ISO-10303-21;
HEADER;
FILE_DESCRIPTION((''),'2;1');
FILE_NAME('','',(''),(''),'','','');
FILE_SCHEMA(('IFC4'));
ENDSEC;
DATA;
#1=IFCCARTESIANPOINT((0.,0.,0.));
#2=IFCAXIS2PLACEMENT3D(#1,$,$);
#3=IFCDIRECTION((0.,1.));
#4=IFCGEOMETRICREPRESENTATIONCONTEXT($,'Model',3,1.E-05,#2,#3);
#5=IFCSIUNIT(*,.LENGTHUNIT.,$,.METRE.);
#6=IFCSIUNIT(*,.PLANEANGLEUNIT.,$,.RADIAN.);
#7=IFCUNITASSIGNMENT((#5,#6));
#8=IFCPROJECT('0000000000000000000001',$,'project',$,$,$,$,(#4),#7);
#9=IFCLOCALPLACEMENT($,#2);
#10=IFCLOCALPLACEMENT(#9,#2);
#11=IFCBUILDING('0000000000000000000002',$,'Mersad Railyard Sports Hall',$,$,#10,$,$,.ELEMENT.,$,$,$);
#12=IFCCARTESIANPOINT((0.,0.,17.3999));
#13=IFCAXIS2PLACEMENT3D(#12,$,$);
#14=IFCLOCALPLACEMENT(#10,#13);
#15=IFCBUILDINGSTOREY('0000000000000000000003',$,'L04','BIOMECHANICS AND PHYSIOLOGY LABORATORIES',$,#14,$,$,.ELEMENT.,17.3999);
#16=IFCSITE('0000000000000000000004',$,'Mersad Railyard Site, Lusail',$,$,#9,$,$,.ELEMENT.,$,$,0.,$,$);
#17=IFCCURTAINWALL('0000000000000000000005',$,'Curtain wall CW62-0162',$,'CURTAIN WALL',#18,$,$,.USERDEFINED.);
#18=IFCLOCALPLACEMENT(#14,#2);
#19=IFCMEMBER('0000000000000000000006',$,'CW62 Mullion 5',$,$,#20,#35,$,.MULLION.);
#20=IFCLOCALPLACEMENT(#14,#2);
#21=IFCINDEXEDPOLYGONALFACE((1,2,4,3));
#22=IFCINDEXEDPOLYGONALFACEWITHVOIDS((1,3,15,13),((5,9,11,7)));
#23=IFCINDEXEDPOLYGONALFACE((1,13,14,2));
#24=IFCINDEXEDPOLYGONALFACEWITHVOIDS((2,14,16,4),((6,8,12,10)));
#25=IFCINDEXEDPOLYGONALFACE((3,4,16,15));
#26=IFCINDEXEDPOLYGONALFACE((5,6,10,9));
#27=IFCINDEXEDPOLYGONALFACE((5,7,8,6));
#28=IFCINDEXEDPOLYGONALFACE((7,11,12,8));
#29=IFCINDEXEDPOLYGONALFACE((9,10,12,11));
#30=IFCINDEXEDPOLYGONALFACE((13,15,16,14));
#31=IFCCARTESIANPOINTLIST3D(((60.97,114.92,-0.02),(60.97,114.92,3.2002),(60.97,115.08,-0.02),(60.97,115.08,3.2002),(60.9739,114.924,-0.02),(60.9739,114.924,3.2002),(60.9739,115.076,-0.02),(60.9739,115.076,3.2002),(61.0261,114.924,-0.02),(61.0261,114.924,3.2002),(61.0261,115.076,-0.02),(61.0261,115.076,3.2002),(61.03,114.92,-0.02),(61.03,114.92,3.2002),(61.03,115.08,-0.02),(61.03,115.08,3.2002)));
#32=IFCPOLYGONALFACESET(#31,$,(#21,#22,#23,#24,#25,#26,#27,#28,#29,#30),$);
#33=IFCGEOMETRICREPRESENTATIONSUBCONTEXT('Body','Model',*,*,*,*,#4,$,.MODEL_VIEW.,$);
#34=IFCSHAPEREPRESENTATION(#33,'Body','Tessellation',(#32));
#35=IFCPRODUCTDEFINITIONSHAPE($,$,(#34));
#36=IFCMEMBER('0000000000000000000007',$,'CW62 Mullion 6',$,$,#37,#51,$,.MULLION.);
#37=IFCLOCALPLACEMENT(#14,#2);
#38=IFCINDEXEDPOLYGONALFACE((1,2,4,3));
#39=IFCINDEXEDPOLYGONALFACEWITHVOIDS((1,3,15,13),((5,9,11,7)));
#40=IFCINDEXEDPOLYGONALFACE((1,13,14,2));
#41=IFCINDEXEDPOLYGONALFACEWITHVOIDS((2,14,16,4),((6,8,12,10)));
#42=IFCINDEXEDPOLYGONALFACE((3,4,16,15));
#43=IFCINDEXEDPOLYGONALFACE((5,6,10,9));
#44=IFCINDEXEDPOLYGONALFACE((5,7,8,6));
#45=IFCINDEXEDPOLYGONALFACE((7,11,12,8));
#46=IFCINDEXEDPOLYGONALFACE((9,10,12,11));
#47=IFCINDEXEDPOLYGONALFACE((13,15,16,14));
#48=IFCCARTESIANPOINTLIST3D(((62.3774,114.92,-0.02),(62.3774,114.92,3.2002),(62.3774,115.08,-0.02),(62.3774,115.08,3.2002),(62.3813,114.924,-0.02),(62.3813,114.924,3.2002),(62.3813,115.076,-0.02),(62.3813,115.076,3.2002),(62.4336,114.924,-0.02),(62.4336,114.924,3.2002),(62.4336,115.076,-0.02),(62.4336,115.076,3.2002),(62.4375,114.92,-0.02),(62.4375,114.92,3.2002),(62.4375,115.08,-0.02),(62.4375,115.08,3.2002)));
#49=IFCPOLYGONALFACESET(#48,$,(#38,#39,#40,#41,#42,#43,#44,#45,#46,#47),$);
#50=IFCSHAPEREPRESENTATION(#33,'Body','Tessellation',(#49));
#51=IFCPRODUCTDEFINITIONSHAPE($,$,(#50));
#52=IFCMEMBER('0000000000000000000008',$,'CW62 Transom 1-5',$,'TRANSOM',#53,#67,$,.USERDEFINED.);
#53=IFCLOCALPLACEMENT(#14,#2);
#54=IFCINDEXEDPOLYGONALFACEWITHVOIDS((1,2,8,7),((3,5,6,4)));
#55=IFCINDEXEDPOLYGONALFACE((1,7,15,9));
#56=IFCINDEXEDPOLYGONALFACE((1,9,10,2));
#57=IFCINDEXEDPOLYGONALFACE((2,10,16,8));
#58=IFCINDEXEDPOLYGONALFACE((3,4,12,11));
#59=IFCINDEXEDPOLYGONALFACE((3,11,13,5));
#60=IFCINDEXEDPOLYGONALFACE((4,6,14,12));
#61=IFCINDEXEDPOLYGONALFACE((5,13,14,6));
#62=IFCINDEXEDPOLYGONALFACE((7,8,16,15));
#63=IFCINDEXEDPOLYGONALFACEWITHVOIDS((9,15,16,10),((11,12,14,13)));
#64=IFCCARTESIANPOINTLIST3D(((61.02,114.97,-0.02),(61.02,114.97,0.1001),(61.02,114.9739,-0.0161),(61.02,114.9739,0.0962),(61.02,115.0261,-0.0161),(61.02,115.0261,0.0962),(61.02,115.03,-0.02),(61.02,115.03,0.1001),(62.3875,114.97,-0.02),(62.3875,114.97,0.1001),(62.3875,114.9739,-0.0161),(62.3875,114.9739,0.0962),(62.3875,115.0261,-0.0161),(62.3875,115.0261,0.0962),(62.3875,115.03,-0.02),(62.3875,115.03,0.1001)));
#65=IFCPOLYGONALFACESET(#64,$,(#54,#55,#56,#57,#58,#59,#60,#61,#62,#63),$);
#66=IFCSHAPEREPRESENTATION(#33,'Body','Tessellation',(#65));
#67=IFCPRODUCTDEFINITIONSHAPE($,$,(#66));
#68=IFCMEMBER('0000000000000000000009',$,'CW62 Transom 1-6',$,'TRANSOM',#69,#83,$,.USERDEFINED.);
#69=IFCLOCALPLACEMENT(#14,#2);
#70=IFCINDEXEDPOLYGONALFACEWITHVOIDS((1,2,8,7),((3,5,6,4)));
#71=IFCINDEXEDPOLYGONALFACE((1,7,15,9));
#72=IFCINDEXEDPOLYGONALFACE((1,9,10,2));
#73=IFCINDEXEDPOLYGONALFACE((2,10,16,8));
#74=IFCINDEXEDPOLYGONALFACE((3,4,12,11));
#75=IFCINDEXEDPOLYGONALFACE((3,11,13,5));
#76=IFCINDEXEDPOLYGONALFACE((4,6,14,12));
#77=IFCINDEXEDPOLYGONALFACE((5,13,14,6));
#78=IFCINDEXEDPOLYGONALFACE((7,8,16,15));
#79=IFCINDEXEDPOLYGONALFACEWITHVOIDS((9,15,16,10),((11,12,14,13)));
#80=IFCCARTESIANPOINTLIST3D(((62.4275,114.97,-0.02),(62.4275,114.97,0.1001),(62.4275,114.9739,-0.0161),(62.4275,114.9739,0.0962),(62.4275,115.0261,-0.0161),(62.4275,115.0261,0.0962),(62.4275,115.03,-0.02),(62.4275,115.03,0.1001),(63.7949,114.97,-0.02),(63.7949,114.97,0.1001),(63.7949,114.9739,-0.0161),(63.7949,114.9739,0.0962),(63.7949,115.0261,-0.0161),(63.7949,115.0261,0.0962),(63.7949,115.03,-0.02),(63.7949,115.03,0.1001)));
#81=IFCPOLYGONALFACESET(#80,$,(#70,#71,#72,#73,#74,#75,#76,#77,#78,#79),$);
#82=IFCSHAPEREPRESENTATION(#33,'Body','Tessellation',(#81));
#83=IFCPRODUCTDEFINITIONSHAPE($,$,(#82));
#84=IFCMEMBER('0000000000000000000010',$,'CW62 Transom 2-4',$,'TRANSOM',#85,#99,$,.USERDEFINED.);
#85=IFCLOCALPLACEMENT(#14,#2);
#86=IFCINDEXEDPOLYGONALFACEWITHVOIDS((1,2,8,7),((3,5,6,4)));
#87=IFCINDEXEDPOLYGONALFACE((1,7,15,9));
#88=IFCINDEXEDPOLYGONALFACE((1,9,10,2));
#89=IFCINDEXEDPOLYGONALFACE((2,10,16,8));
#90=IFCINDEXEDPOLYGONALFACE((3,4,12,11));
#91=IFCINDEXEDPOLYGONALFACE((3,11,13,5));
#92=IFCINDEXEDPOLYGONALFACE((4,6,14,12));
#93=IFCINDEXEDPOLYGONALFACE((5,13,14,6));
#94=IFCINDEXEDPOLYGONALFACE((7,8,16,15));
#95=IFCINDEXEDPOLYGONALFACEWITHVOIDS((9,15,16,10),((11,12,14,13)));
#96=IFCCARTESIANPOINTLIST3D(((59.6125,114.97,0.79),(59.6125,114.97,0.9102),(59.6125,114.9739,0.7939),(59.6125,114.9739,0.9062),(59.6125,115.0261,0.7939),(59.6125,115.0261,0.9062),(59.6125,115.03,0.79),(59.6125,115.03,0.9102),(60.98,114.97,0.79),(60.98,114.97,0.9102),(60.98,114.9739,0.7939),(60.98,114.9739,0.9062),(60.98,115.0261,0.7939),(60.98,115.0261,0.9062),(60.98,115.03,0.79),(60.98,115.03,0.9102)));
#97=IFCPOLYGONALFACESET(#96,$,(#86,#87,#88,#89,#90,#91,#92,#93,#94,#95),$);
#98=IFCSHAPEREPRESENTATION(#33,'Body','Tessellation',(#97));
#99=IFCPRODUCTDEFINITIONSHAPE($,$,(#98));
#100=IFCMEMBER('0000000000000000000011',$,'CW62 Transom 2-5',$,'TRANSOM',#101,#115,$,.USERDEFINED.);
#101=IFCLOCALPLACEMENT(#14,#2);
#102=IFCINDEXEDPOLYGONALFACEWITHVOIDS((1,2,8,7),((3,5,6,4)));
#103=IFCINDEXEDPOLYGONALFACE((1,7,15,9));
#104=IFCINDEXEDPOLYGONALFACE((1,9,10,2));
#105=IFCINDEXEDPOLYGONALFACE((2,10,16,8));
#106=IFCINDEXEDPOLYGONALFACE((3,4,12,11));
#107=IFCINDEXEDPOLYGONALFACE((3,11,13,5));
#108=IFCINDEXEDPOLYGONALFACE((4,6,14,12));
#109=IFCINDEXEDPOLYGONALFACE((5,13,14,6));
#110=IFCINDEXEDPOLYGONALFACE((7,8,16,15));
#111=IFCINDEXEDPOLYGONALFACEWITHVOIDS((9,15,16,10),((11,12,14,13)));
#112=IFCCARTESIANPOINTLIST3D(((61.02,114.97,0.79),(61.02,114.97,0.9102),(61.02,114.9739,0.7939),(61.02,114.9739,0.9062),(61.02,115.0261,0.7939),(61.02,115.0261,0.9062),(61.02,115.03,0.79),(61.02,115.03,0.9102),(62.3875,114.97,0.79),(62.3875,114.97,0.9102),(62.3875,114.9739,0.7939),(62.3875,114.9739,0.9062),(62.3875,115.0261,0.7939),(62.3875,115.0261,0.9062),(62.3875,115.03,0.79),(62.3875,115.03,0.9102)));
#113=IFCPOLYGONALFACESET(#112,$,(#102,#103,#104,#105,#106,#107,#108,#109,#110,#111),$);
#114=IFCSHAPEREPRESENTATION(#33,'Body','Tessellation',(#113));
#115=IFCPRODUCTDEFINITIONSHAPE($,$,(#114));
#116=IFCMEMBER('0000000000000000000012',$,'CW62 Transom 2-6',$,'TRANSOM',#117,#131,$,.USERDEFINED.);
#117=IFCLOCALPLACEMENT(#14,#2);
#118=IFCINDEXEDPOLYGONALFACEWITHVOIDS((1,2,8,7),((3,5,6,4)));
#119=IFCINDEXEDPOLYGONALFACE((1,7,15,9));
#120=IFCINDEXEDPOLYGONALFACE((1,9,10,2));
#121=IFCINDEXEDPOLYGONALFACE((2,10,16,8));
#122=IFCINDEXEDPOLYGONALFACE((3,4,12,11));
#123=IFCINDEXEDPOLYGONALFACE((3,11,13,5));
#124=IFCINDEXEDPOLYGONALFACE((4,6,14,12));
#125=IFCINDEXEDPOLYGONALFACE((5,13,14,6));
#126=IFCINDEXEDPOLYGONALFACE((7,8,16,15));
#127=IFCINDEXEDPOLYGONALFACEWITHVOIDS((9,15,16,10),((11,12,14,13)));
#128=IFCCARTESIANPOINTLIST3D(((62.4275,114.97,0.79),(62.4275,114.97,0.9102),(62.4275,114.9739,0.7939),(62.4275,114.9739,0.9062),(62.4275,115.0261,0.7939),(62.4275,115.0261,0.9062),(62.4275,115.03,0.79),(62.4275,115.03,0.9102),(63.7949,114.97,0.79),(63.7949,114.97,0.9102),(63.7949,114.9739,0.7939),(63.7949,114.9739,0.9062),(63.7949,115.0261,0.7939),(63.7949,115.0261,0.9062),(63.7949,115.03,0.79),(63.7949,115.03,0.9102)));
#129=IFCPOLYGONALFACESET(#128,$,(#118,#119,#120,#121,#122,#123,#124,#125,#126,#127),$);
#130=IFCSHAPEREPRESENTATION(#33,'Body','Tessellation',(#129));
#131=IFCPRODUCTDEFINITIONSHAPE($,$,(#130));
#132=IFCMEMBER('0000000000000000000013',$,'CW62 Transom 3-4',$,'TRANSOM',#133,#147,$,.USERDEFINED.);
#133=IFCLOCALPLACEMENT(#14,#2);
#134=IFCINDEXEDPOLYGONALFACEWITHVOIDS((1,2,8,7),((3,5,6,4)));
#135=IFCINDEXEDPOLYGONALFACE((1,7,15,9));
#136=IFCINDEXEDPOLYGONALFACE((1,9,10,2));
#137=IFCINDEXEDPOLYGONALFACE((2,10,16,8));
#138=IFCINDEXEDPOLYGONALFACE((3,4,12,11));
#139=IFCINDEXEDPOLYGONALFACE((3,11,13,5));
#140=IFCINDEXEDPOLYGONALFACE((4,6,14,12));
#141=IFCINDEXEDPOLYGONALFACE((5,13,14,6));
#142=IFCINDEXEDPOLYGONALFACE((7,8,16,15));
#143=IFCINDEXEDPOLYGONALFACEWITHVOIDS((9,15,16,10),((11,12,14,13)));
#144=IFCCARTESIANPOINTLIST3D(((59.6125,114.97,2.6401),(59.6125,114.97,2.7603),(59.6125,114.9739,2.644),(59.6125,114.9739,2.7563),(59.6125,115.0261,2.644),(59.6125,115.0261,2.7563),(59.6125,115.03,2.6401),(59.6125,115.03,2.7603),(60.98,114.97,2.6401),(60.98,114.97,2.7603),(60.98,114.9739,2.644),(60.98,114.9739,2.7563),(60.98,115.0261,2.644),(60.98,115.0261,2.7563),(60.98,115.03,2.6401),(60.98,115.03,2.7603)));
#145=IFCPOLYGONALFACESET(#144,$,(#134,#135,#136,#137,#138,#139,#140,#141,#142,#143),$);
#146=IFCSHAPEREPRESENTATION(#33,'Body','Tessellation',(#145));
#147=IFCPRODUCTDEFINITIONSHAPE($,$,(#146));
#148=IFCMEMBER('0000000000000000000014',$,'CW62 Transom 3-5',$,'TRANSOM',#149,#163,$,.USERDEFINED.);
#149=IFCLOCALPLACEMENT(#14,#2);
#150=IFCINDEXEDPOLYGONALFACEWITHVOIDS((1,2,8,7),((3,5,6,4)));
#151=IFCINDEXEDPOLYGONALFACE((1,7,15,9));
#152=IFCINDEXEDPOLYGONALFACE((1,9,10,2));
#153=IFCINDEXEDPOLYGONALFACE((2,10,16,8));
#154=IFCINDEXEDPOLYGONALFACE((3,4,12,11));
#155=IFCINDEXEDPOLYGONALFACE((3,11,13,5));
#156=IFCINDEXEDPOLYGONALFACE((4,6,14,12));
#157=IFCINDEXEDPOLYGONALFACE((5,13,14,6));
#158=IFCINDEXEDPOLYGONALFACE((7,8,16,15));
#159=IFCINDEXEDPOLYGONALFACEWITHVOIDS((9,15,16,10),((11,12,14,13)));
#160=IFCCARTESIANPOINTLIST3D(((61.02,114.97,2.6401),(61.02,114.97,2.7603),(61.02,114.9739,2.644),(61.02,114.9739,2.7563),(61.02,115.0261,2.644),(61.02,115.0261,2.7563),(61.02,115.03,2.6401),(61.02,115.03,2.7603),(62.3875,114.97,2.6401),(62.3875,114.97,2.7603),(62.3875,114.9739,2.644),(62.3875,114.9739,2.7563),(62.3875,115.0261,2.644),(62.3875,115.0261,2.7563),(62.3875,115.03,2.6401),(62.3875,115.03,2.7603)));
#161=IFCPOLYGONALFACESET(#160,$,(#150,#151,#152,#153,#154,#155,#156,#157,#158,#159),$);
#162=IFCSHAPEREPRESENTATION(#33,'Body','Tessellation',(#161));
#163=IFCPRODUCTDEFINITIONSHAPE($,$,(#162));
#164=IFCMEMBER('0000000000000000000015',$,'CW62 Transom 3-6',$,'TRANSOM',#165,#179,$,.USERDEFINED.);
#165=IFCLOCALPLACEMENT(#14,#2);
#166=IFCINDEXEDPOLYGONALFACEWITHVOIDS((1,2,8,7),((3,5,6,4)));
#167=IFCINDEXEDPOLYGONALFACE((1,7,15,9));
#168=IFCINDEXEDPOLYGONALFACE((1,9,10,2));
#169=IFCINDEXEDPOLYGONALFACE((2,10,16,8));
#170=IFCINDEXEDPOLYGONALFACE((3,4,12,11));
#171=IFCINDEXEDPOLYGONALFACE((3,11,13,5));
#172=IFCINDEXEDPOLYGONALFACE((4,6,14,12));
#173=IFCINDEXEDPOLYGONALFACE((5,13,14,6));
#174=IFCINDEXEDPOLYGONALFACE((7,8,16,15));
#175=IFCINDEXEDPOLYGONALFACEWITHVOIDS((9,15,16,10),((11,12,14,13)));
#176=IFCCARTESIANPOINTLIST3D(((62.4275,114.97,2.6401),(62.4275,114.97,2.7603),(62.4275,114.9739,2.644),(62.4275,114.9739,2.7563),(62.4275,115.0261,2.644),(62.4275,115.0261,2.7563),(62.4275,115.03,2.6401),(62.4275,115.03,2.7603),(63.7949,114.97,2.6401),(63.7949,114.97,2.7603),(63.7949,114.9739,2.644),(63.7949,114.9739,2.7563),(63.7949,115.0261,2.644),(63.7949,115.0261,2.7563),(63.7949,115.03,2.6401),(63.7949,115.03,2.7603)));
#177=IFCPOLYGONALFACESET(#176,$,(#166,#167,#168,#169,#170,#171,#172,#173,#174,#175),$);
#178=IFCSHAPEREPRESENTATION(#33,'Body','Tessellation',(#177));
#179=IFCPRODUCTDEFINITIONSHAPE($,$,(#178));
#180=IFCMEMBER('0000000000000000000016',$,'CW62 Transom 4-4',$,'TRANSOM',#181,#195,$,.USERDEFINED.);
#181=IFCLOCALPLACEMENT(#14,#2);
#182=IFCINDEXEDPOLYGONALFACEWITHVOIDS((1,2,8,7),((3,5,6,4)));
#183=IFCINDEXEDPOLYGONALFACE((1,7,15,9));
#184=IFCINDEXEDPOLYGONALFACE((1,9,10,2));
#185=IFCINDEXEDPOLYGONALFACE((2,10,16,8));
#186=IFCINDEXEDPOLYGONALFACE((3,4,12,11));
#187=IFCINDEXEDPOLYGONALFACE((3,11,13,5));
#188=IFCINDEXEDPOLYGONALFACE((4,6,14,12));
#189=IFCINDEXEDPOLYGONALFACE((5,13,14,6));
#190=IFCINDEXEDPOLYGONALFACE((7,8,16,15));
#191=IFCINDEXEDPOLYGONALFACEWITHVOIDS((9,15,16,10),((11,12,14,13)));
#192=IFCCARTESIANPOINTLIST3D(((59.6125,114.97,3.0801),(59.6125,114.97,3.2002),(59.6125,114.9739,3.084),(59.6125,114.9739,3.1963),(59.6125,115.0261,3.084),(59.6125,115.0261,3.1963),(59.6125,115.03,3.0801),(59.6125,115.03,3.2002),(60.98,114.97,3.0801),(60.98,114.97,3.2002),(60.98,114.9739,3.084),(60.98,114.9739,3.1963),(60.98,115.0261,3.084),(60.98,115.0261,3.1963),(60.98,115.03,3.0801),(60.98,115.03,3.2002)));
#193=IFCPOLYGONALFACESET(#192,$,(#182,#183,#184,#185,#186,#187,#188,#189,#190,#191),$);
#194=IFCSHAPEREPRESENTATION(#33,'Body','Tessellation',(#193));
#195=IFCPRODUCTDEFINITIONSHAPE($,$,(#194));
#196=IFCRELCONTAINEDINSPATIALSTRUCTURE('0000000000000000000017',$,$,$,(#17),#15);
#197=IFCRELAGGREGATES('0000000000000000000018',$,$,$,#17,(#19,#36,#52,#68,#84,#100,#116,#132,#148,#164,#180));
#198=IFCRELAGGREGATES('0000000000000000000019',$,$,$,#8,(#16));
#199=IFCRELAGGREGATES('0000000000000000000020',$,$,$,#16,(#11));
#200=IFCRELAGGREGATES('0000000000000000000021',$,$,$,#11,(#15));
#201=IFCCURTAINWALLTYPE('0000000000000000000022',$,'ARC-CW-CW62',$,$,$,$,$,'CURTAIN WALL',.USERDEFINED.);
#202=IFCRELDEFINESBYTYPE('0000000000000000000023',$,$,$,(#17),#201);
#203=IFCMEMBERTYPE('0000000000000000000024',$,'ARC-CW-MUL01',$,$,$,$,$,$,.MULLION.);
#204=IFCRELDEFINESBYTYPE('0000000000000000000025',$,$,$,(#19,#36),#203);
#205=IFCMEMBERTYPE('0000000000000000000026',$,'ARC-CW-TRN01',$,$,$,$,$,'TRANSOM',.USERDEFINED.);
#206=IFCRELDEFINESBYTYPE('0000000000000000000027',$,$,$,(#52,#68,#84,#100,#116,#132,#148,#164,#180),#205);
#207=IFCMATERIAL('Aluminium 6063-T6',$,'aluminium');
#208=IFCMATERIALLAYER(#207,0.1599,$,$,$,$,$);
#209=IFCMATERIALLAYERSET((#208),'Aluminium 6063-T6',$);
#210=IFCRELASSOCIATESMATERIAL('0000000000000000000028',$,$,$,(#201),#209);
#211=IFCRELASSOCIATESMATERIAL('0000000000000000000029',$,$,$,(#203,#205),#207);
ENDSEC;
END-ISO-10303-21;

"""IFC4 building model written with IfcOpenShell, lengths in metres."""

from ifc_helpers import new_model, si_unit, direction, frame, origin, origin_2d, place, context, subcontext, project, spatial, hollow_rectangle, extrude, material, layer, layer_set, material_profile, profile_set, type_object, element, aggregate, save


model = new_model("IFC4")

# Units and contexts
model_context = context("Model", 3, precision=1e-05, world=origin(), true_north=direction((0.0, 1.0)))
body_context = subcontext(model_context, "Body", "Model", "MODEL_VIEW")
ifc_project = project(units=[si_unit("LENGTHUNIT", "METRE"), si_unit("PLANEANGLEUNIT", "RADIAN")], contexts=[model_context])

# Site, building, storey
site_placement = place(None, origin())
site = spatial("IfcSite", under=ifc_project, at=site_placement, Name="Mersad Railyard Site, Lusail", CompositionType="ELEMENT", RefElevation=0.0)
building_placement = place(site_placement, origin())
building = spatial("IfcBuilding", under=site, at=building_placement, Name="Mersad Railyard Sports Hall", CompositionType="ELEMENT")
storey_placement = place(building_placement, frame((0.0, 0.0, 17.3999)))
storey = spatial("IfcBuildingStorey", under=building, at=storey_placement, Name="L04", Description="BIOMECHANICS AND PHYSIOLOGY LABORATORIES", CompositionType="ELEMENT", Elevation=17.3999)

# Curtain wall, members
ifc_material_1 = material(Name="Aluminium 6063-T6", Category="aluminium")
ifc_layer_1 = layer(ifc_material_1, 0.1599)
ifc_layer_set_1 = layer_set([ifc_layer_1], Name="Aluminium 6063-T6")
curtain_wall_type = type_object("IfcCurtainWallType", Name="ARC-CW-CW62", ElementType="CURTAIN WALL", PredefinedType="USERDEFINED", material=ifc_layer_set_1)
curtain_wall_placement = place(storey_placement, origin())
curtain_wall = element("IfcCurtainWall", 1, at=curtain_wall_placement, inside=storey, type_object=curtain_wall_type, Name="Curtain wall CW62-0162", ObjectType="CURTAIN WALL", PredefinedType="USERDEFINED")
ifc_material_profile_1 = material_profile(ifc_material_1, hollow_rectangle(XDim=0.0601, YDim=0.1599, WallThickness=0.0039, at=origin_2d()), Name="AL MULLION 60x160x4")
ifc_profile_set_1 = profile_set([ifc_material_profile_1], Name="Aluminium 6063-T6")
member_type_1 = type_object("IfcMemberType", Name="ARC-CW-MUL01", PredefinedType="MULLION", material=ifc_profile_set_1)
member_1_placement = place(storey_placement, frame((61.0, 115.0, -0.02), z_axis=(0.0, 0.0, 1.0), x_axis=(1.0, 0.0, 0.0)))
member_1 = element("IfcMember", 2, at=member_1_placement, type_object=member_type_1, Name="CW62 Mullion 5", PredefinedType="MULLION", context=body_context, shape_type="SweptSolid", body=[
    extrude(hollow_rectangle(XDim=0.0601, YDim=0.1599, WallThickness=0.0039, at=origin_2d()), origin(), (0.0, 0.0, 1.0), 3.2202),
])
member_2_placement = place(storey_placement, frame((62.4075, 115.0, -0.02), z_axis=(0.0, 0.0, 1.0), x_axis=(1.0, 0.0, 0.0)))
member_2 = element("IfcMember", 3, at=member_2_placement, type_object=member_type_1, Name="CW62 Mullion 6", PredefinedType="MULLION", context=body_context, shape_type="SweptSolid", body=[
    extrude(hollow_rectangle(XDim=0.0601, YDim=0.1599, WallThickness=0.0039, at=origin_2d()), origin(), (0.0, 0.0, 1.0), 3.2202),
])
ifc_material_profile_2 = material_profile(ifc_material_1, hollow_rectangle(XDim=0.0601, YDim=0.1201, WallThickness=0.0039, at=origin_2d()), Name="AL TRANSOM 60x120x4")
ifc_profile_set_2 = profile_set([ifc_material_profile_2], Name="Aluminium 6063-T6")
member_type_2 = type_object("IfcMemberType", Name="ARC-CW-TRN01", ElementType="TRANSOM", PredefinedType="USERDEFINED", material=ifc_profile_set_2)
member_3_placement = place(storey_placement, frame((61.02, 115.0, 0.04), z_axis=(1.0, 0.0, 0.0), x_axis=(0.0, 1.0, 0.0)))
member_3 = element("IfcMember", 4, at=member_3_placement, type_object=member_type_2, Name="CW62 Transom 1-5", ObjectType="TRANSOM", PredefinedType="USERDEFINED", context=body_context, shape_type="SweptSolid", body=[
    extrude(hollow_rectangle(XDim=0.0601, YDim=0.1201, WallThickness=0.0039, at=origin_2d()), origin(), (0.0, 0.0, 1.0), 1.3674),
])
member_4_placement = place(storey_placement, frame((62.4275, 115.0, 0.04), z_axis=(1.0, 0.0, 0.0), x_axis=(0.0, 1.0, 0.0)))
member_4 = element("IfcMember", 5, at=member_4_placement, type_object=member_type_2, Name="CW62 Transom 1-6", ObjectType="TRANSOM", PredefinedType="USERDEFINED", context=body_context, shape_type="SweptSolid", body=[
    extrude(hollow_rectangle(XDim=0.0601, YDim=0.1201, WallThickness=0.0039, at=origin_2d()), origin(), (0.0, 0.0, 1.0), 1.3674),
])
member_5_placement = place(storey_placement, frame((59.6125, 115.0, 0.8501), z_axis=(1.0, 0.0, 0.0), x_axis=(0.0, 1.0, 0.0)))
member_5 = element("IfcMember", 6, at=member_5_placement, type_object=member_type_2, Name="CW62 Transom 2-4", ObjectType="TRANSOM", PredefinedType="USERDEFINED", context=body_context, shape_type="SweptSolid", body=[
    extrude(hollow_rectangle(XDim=0.0601, YDim=0.1201, WallThickness=0.0039, at=origin_2d()), origin(), (0.0, 0.0, 1.0), 1.3674),
])
member_6_placement = place(storey_placement, frame((61.02, 115.0, 0.8501), z_axis=(1.0, 0.0, 0.0), x_axis=(0.0, 1.0, 0.0)))
member_6 = element("IfcMember", 7, at=member_6_placement, type_object=member_type_2, Name="CW62 Transom 2-5", ObjectType="TRANSOM", PredefinedType="USERDEFINED", context=body_context, shape_type="SweptSolid", body=[
    extrude(hollow_rectangle(XDim=0.0601, YDim=0.1201, WallThickness=0.0039, at=origin_2d()), origin(), (0.0, 0.0, 1.0), 1.3674),
])
member_7_placement = place(storey_placement, frame((62.4275, 115.0, 0.8501), z_axis=(1.0, 0.0, 0.0), x_axis=(0.0, 1.0, 0.0)))
member_7 = element("IfcMember", 8, at=member_7_placement, type_object=member_type_2, Name="CW62 Transom 2-6", ObjectType="TRANSOM", PredefinedType="USERDEFINED", context=body_context, shape_type="SweptSolid", body=[
    extrude(hollow_rectangle(XDim=0.0601, YDim=0.1201, WallThickness=0.0039, at=origin_2d()), origin(), (0.0, 0.0, 1.0), 1.3674),
])
member_8_placement = place(storey_placement, frame((59.6125, 115.0, 2.7002), z_axis=(1.0, 0.0, 0.0), x_axis=(0.0, 1.0, 0.0)))
member_8 = element("IfcMember", 9, at=member_8_placement, type_object=member_type_2, Name="CW62 Transom 3-4", ObjectType="TRANSOM", PredefinedType="USERDEFINED", context=body_context, shape_type="SweptSolid", body=[
    extrude(hollow_rectangle(XDim=0.0601, YDim=0.1201, WallThickness=0.0039, at=origin_2d()), origin(), (0.0, 0.0, 1.0), 1.3674),
])
member_9_placement = place(storey_placement, frame((61.02, 115.0, 2.7002), z_axis=(1.0, 0.0, 0.0), x_axis=(0.0, 1.0, 0.0)))
member_9 = element("IfcMember", 10, at=member_9_placement, type_object=member_type_2, Name="CW62 Transom 3-5", ObjectType="TRANSOM", PredefinedType="USERDEFINED", context=body_context, shape_type="SweptSolid", body=[
    extrude(hollow_rectangle(XDim=0.0601, YDim=0.1201, WallThickness=0.0039, at=origin_2d()), origin(), (0.0, 0.0, 1.0), 1.3674),
])
member_10_placement = place(storey_placement, frame((62.4275, 115.0, 2.7002), z_axis=(1.0, 0.0, 0.0), x_axis=(0.0, 1.0, 0.0)))
member_10 = element("IfcMember", 11, at=member_10_placement, type_object=member_type_2, Name="CW62 Transom 3-6", ObjectType="TRANSOM", PredefinedType="USERDEFINED", context=body_context, shape_type="SweptSolid", body=[
    extrude(hollow_rectangle(XDim=0.0601, YDim=0.1201, WallThickness=0.0039, at=origin_2d()), origin(), (0.0, 0.0, 1.0), 1.3674),
])
member_11_placement = place(storey_placement, frame((59.6125, 115.0, 3.1401), z_axis=(1.0, 0.0, 0.0), x_axis=(0.0, 1.0, 0.0)))
member_11 = element("IfcMember", 12, at=member_11_placement, type_object=member_type_2, Name="CW62 Transom 4-4", ObjectType="TRANSOM", PredefinedType="USERDEFINED", context=body_context, shape_type="SweptSolid", body=[
    extrude(hollow_rectangle(XDim=0.0601, YDim=0.1201, WallThickness=0.0039, at=origin_2d()), origin(), (0.0, 0.0, 1.0), 1.3674),
])
aggregate(curtain_wall, [member_1, member_2, member_3, member_4, member_5, member_6, member_7, member_8, member_9, member_10, member_11])

save(model, "model.ifc")
